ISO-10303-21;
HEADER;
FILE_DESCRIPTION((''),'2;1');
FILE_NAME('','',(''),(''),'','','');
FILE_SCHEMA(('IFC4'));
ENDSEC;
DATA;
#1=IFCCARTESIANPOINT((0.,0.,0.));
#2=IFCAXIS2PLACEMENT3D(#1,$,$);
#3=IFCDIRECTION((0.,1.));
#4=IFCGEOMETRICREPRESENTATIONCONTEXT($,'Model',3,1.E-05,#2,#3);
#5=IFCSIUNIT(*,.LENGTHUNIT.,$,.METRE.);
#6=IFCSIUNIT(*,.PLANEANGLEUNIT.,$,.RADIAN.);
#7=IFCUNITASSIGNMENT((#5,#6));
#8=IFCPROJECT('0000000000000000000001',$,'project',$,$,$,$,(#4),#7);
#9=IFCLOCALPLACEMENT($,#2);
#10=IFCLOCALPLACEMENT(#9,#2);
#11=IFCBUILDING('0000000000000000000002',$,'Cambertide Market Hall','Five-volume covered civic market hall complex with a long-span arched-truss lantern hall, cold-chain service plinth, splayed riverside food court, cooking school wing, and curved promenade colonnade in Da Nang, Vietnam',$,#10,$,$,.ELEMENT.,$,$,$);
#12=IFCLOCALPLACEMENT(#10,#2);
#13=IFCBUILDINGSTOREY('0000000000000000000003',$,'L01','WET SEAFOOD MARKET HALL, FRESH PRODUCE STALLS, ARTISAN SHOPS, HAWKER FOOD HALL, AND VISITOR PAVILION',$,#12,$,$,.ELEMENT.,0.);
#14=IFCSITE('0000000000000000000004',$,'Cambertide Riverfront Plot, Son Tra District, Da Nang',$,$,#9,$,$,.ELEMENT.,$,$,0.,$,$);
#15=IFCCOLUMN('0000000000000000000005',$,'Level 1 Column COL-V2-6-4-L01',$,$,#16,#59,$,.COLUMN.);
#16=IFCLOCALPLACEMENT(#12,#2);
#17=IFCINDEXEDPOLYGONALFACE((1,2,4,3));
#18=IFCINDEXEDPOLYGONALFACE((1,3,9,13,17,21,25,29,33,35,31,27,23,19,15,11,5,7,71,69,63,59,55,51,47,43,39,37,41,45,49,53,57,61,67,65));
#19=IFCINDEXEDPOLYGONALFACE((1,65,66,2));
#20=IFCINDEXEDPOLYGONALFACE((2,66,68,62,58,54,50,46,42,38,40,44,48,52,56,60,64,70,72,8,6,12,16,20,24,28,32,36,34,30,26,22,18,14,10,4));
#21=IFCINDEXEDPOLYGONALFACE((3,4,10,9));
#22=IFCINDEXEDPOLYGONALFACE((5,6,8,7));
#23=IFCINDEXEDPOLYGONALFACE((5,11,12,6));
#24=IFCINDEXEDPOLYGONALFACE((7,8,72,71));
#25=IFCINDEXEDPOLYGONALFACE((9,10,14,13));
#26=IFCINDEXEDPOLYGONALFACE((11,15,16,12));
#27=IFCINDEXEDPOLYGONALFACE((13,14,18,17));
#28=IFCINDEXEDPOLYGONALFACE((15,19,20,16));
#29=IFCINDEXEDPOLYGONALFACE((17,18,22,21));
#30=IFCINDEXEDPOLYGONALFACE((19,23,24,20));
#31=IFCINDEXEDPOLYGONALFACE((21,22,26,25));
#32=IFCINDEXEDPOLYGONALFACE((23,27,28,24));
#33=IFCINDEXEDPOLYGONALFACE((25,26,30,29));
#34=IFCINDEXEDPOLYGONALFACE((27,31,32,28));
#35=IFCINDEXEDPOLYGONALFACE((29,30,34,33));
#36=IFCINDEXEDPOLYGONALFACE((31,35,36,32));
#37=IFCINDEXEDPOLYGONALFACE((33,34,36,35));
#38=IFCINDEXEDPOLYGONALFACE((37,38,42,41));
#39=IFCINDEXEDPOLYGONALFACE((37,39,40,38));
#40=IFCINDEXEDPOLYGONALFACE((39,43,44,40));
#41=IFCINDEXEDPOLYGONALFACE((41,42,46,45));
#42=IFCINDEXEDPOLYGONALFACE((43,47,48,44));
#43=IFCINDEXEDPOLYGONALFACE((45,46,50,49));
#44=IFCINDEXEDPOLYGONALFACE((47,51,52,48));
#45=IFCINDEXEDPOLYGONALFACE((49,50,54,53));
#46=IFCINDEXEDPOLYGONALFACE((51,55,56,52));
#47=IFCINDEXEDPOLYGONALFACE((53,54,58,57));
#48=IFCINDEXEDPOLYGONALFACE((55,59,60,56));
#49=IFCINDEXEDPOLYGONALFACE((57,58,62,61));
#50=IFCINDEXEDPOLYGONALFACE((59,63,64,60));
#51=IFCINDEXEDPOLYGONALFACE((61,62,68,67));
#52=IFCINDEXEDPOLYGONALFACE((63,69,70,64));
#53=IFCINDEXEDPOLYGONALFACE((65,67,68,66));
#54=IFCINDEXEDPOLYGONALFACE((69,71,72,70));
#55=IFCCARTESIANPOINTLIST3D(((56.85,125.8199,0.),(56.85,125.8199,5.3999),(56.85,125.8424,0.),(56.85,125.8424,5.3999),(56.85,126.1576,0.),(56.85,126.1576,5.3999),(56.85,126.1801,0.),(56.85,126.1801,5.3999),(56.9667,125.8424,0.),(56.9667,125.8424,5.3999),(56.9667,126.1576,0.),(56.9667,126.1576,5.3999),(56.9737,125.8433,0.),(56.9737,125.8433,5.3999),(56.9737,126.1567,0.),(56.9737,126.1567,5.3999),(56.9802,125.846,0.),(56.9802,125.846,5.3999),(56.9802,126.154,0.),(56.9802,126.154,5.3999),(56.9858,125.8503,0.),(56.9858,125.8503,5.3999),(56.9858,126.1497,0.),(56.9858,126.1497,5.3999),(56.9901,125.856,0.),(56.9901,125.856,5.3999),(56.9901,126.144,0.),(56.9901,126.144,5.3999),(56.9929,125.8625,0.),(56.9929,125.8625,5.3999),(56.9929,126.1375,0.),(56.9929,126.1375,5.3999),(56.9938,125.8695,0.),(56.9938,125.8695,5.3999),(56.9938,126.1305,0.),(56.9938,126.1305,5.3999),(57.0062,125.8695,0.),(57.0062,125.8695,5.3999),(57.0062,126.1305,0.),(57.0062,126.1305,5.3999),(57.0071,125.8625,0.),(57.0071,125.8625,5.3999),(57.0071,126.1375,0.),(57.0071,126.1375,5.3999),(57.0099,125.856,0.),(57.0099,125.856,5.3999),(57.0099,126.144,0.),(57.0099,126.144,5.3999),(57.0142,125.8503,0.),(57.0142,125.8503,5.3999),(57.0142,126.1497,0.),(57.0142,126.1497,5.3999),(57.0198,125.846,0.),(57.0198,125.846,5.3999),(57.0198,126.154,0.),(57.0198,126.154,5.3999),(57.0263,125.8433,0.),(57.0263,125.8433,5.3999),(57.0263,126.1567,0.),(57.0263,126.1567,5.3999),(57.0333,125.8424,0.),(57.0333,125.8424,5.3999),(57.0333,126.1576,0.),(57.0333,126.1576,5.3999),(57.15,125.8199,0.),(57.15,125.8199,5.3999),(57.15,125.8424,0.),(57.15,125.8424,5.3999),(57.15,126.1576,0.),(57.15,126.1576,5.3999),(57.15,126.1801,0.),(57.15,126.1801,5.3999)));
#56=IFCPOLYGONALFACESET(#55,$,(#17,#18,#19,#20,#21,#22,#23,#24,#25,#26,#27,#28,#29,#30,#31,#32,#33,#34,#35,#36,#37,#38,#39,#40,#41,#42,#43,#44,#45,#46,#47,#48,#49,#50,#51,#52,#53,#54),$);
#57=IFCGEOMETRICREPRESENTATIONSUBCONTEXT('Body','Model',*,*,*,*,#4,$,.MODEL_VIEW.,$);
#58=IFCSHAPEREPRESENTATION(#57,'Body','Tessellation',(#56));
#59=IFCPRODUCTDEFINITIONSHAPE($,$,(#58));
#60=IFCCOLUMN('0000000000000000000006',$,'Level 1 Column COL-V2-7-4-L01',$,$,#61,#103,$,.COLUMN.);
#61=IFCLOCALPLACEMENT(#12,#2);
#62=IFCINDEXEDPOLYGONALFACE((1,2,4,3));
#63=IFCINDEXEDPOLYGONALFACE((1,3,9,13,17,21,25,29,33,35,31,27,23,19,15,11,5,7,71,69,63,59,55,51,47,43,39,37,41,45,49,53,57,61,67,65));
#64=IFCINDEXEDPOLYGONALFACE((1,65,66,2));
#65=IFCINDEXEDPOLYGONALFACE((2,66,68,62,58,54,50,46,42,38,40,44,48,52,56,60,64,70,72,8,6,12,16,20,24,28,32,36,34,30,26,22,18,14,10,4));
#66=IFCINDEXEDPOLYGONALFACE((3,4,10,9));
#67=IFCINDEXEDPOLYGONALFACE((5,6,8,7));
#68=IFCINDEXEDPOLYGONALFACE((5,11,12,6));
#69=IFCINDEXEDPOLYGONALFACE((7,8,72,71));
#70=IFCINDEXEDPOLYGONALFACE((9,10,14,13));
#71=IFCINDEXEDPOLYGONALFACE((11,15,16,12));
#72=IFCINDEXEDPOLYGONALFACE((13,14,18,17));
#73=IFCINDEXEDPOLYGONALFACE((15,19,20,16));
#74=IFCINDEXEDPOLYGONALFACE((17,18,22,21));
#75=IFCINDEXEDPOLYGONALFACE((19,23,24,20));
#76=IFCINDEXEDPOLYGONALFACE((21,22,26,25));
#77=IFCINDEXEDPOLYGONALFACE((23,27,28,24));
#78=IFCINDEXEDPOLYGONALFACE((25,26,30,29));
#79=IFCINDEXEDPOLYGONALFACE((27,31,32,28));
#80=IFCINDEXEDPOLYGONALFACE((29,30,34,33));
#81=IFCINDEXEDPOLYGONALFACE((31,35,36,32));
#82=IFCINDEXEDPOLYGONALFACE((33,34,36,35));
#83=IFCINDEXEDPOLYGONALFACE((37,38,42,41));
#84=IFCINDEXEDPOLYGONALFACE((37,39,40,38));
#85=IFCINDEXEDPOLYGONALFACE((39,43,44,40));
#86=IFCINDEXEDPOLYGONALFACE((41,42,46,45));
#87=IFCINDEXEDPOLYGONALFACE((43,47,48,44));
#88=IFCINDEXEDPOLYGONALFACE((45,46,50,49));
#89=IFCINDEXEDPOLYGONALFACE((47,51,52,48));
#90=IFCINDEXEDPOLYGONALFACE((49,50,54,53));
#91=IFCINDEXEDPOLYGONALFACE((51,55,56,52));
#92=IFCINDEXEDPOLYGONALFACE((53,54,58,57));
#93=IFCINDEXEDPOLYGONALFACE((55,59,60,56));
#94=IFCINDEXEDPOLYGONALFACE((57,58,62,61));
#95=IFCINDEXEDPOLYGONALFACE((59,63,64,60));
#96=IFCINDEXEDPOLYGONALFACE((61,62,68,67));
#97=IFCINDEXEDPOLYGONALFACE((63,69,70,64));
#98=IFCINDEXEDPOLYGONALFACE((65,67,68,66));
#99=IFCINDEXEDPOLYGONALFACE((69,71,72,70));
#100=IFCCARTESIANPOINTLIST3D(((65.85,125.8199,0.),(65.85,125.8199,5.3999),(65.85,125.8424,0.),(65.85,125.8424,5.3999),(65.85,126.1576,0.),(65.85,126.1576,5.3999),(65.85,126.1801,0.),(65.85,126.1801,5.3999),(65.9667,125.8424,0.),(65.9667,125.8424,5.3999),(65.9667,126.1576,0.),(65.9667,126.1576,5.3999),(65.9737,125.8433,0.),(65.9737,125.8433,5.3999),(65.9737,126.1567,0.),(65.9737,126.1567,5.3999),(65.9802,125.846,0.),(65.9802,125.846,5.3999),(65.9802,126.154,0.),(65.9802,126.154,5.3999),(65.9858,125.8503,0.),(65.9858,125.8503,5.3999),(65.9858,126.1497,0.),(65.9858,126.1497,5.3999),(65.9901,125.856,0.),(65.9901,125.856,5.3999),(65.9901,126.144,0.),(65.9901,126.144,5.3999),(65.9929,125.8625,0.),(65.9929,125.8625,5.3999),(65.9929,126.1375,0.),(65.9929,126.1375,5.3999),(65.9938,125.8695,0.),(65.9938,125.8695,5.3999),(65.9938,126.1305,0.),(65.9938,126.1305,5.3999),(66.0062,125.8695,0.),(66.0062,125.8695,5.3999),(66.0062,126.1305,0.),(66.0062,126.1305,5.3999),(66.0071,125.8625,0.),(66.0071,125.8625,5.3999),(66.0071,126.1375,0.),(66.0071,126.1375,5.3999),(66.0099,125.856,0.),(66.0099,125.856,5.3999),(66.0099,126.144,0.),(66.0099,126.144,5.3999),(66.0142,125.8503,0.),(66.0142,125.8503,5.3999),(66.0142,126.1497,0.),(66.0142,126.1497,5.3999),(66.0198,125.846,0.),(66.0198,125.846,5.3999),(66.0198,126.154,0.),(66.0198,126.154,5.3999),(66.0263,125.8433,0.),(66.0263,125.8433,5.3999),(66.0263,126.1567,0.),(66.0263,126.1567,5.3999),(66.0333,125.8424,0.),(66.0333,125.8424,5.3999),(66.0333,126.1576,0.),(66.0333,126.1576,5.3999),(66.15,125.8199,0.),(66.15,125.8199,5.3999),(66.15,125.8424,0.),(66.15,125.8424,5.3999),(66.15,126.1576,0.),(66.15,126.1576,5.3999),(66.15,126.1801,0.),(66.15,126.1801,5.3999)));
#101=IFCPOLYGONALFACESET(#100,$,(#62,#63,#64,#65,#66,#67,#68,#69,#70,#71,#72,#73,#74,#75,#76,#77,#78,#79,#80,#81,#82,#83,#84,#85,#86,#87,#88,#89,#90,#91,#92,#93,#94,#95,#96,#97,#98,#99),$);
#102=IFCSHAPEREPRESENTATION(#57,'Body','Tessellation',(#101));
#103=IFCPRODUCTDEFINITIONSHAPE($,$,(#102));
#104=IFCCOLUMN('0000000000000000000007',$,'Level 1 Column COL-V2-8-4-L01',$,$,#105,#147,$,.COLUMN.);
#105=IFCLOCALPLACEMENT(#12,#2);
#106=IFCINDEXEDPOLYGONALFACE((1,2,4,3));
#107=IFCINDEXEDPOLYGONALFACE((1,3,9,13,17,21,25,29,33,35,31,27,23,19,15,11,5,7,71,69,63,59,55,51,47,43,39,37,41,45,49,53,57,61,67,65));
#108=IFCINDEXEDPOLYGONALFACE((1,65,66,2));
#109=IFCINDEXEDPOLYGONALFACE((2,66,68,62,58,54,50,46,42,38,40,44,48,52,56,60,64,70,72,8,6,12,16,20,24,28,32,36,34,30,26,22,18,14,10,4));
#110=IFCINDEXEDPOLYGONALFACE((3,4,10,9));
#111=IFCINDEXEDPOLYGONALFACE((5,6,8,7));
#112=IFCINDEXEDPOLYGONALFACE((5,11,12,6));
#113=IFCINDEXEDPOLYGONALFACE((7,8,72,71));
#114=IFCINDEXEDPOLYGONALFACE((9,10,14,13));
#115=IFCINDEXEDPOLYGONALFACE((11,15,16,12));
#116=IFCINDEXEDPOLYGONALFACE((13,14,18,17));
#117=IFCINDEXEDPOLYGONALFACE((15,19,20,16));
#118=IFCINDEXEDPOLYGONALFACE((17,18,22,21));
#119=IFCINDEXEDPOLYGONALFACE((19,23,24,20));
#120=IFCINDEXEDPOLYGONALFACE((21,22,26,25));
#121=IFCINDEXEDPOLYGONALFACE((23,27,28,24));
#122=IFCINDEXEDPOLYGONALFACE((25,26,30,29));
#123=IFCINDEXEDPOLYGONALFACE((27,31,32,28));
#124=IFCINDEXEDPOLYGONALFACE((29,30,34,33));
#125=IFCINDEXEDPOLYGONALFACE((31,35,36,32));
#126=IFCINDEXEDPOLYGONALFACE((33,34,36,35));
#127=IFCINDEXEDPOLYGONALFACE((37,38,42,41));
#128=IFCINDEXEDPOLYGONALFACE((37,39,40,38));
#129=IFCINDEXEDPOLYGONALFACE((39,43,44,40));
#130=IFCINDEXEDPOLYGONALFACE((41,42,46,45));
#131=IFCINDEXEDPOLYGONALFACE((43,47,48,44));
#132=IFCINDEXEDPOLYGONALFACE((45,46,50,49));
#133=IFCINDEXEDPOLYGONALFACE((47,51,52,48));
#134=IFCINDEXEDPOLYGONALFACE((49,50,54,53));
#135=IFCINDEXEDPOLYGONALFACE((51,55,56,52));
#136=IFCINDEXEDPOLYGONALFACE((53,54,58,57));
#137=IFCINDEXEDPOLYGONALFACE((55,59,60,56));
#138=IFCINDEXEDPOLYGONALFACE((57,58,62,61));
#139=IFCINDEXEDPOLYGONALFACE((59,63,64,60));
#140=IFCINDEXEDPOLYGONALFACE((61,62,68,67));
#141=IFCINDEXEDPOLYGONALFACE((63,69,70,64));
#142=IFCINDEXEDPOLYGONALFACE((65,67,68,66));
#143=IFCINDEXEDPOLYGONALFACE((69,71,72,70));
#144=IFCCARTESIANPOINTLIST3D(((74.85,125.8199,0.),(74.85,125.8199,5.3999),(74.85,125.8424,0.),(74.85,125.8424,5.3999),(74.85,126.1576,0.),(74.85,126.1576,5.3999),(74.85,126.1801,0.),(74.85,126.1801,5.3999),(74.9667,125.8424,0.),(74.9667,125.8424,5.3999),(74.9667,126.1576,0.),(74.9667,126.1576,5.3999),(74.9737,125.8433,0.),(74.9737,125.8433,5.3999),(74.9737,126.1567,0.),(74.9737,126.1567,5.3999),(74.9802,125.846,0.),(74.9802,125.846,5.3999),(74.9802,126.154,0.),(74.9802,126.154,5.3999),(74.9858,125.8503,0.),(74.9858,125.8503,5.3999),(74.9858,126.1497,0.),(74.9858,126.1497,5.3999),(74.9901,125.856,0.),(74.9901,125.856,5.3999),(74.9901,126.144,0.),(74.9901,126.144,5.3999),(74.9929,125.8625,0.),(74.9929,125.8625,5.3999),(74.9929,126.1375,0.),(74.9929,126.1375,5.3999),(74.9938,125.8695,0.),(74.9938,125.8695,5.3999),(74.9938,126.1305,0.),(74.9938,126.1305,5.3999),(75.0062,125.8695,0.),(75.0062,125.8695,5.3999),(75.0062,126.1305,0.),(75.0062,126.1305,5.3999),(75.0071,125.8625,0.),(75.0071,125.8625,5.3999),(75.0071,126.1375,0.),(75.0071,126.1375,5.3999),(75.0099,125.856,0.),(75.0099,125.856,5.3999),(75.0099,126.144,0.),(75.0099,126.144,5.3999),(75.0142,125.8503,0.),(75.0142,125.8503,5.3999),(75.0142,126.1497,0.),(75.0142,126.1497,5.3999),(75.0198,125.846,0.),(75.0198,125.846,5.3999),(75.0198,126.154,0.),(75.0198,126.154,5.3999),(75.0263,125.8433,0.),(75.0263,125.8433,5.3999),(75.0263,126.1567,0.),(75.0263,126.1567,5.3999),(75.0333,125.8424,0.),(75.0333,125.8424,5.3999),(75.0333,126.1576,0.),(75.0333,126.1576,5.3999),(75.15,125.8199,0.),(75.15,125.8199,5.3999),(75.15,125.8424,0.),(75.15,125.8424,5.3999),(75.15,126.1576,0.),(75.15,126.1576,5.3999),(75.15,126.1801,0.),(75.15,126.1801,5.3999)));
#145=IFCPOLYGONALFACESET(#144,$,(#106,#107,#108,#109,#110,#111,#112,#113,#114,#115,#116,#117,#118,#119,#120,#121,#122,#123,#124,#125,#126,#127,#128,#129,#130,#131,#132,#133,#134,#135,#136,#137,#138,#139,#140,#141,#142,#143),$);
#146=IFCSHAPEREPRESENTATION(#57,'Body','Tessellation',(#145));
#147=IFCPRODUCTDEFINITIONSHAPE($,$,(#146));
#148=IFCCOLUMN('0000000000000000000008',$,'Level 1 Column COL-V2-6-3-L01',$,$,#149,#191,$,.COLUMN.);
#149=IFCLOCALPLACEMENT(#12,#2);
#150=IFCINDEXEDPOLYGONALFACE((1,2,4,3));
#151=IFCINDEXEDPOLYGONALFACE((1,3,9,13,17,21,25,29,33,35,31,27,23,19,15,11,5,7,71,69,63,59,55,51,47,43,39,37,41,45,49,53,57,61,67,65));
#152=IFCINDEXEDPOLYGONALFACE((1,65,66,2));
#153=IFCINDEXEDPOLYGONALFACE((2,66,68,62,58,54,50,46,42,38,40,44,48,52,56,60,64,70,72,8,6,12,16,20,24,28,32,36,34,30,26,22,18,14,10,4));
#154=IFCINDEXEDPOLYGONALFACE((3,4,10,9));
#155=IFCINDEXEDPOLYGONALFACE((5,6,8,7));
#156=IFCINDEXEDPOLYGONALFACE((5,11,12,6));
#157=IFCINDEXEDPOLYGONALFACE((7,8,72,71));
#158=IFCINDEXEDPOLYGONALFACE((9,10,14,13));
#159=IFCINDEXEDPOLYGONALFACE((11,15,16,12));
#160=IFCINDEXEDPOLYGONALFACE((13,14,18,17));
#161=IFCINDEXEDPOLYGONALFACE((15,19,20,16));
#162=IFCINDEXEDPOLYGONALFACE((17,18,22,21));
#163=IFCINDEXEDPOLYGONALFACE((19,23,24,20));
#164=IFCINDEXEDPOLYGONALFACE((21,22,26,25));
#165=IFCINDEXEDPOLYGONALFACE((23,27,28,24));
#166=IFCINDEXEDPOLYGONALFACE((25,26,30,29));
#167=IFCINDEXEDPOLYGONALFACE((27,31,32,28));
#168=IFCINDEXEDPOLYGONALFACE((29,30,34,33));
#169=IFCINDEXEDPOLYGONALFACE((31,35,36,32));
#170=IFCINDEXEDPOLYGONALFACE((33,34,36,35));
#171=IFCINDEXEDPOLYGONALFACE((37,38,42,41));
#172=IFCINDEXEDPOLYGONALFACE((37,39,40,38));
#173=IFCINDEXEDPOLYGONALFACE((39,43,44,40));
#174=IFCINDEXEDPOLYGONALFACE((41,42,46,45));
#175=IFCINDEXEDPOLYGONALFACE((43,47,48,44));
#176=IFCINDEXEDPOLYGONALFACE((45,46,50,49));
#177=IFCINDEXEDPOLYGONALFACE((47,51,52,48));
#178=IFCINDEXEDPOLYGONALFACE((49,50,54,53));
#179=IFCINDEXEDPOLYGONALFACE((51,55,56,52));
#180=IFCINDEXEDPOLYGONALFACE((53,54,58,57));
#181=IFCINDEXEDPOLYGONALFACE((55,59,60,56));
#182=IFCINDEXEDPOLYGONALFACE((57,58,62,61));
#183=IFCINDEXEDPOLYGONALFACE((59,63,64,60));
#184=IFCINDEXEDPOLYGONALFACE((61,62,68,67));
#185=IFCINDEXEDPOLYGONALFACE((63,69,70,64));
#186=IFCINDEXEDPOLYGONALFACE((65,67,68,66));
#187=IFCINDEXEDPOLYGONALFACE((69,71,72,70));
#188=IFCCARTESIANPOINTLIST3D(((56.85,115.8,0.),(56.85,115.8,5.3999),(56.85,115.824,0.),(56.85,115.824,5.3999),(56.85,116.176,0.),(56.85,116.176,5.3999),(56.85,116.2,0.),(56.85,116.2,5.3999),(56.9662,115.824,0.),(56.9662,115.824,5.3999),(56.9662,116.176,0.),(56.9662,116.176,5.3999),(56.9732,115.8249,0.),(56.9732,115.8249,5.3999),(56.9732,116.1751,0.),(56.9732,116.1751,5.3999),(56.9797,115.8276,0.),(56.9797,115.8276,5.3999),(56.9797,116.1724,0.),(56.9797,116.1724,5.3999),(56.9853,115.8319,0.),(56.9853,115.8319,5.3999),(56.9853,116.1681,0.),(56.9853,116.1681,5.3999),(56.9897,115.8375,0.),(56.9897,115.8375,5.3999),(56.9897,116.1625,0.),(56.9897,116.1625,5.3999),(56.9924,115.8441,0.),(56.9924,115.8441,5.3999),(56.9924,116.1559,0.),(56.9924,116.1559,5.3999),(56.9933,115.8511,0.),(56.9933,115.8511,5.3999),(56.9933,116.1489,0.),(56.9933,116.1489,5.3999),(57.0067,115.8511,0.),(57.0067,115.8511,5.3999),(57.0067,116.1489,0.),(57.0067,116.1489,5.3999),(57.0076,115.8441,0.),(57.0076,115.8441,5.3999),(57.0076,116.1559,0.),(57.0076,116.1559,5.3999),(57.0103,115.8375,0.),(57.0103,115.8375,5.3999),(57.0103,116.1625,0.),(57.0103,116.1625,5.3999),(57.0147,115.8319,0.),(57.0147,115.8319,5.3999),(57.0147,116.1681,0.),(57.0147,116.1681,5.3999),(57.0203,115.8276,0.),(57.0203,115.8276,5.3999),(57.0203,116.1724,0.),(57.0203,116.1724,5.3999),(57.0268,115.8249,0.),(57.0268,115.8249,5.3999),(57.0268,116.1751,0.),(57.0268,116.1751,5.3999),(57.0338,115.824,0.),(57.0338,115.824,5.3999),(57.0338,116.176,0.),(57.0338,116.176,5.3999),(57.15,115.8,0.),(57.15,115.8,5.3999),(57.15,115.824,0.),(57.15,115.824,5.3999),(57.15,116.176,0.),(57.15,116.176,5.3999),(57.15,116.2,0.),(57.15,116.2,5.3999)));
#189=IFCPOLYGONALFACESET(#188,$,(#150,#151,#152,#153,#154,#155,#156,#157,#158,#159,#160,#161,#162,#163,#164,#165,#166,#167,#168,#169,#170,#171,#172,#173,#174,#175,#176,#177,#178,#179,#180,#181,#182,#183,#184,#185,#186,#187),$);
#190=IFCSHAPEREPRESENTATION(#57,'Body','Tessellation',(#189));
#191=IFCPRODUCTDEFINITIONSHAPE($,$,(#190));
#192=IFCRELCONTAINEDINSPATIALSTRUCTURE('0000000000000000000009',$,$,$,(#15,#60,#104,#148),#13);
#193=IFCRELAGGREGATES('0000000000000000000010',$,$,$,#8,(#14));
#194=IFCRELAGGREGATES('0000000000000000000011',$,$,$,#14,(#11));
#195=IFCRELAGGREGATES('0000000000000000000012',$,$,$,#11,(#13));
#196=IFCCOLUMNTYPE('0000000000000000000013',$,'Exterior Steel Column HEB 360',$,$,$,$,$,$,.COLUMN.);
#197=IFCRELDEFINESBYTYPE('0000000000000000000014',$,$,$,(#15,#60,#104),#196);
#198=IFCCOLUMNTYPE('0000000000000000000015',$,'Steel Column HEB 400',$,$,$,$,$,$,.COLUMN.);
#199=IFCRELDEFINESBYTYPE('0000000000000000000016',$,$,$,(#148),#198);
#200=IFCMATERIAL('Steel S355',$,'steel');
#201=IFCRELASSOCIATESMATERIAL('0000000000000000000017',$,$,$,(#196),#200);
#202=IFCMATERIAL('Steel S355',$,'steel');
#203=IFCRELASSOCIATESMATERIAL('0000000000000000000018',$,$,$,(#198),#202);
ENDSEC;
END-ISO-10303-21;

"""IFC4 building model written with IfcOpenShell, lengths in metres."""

from ifc_helpers import new_model, si_unit, direction, frame, origin, origin_2d, place, context, subcontext, project, spatial, i_section, extrude, material, material_profile, profile_set, type_object, element, save


model = new_model("IFC4")

# Units and contexts
model_context = context("Model", 3, precision=1e-05, world=origin(), true_north=direction((0.0, 1.0)))
body_context = subcontext(model_context, "Body", "Model", "MODEL_VIEW")
ifc_project = project(units=[si_unit("LENGTHUNIT", "METRE"), si_unit("PLANEANGLEUNIT", "RADIAN")], contexts=[model_context])

# Site, building, storey
site_placement = place(None, origin())
site = spatial("IfcSite", under=ifc_project, at=site_placement, Name="Cambertide Riverfront Plot, Son Tra District, Da Nang", CompositionType="ELEMENT", RefElevation=0.0)
building_placement = place(site_placement, origin())
building = spatial("IfcBuilding", under=site, at=building_placement, Name="Cambertide Market Hall", Description="Five-volume covered civic market hall complex with a long-span arched-truss lantern hall, cold-chain service plinth, splayed riverside food court, cooking school wing, and curved promenade colonnade in Da Nang, Vietnam", CompositionType="ELEMENT")
storey_placement = place(building_placement, origin())
storey = spatial("IfcBuildingStorey", under=building, at=storey_placement, Name="L01", Description="WET SEAFOOD MARKET HALL, FRESH PRODUCE STALLS, ARTISAN SHOPS, HAWKER FOOD HALL, AND VISITOR PAVILION", CompositionType="ELEMENT", Elevation=0.0)

# Columns
ifc_material_1 = material(Name="Steel S355", Category="steel")
ifc_material_profile_1 = material_profile(ifc_material_1, i_section(OverallWidth=0.3, OverallDepth=0.3601, WebThickness=0.0125, FlangeThickness=0.0225, FilletRadius=0.0271, at=origin_2d()), Name="HEB 360")
ifc_profile_set_1 = profile_set([ifc_material_profile_1], Name="Steel S355")
column_type_1 = type_object("IfcColumnType", Name="Exterior Steel Column HEB 360", PredefinedType="COLUMN", material=ifc_profile_set_1)
for number, where, z_axis, x_axis, name in (
    (1, (57.0, 126.0, 0.0), (0.0, 0.0, 1.0), (1.0, 0.0, 0.0), "Level 1 Column COL-V2-6-4-L01"),
    (2, (66.0, 126.0, 0.0), (0.0, 0.0, 1.0), (1.0, 0.0, 0.0), "Level 1 Column COL-V2-7-4-L01"),
    (3, (75.0, 126.0, 0.0), (0.0, 0.0, 1.0), (1.0, 0.0, 0.0), "Level 1 Column COL-V2-8-4-L01"),
):
    element("IfcColumn", number, at=place(storey_placement, frame(where, z_axis=z_axis, x_axis=x_axis)), inside=storey, type_object=column_type_1, Name=name, PredefinedType="COLUMN", context=body_context, shape_type="SweptSolid", body=[
        extrude(i_section(OverallWidth=0.3, OverallDepth=0.3601, WebThickness=0.0125, FlangeThickness=0.0225, FilletRadius=0.0271, at=origin_2d()), origin(), (0.0, 0.0, 1.0), 5.3999),
    ])
ifc_material_2 = material(Name="Steel S355", Category="steel")
ifc_material_profile_2 = material_profile(ifc_material_2, i_section(OverallWidth=0.3, OverallDepth=0.3999, WebThickness=0.0134, FlangeThickness=0.0239, FilletRadius=0.0271, at=origin_2d()), Name="HEB 400")
ifc_profile_set_2 = profile_set([ifc_material_profile_2], Name="Steel S355")
column_type_2 = type_object("IfcColumnType", Name="Steel Column HEB 400", PredefinedType="COLUMN", material=ifc_profile_set_2)
for number, where, z_axis, x_axis, name in (
    (4, (57.0, 116.0, 0.0), (0.0, 0.0, 1.0), (1.0, 0.0, 0.0), "Level 1 Column COL-V2-6-3-L01"),
):
    element("IfcColumn", number, at=place(storey_placement, frame(where, z_axis=z_axis, x_axis=x_axis)), inside=storey, type_object=column_type_2, Name=name, PredefinedType="COLUMN", context=body_context, shape_type="SweptSolid", body=[
        extrude(i_section(OverallWidth=0.3, OverallDepth=0.3999, WebThickness=0.0134, FlangeThickness=0.0239, FilletRadius=0.0271, at=origin_2d()), origin(), (0.0, 0.0, 1.0), 5.3999),
    ])

save(model, "model.ifc")
